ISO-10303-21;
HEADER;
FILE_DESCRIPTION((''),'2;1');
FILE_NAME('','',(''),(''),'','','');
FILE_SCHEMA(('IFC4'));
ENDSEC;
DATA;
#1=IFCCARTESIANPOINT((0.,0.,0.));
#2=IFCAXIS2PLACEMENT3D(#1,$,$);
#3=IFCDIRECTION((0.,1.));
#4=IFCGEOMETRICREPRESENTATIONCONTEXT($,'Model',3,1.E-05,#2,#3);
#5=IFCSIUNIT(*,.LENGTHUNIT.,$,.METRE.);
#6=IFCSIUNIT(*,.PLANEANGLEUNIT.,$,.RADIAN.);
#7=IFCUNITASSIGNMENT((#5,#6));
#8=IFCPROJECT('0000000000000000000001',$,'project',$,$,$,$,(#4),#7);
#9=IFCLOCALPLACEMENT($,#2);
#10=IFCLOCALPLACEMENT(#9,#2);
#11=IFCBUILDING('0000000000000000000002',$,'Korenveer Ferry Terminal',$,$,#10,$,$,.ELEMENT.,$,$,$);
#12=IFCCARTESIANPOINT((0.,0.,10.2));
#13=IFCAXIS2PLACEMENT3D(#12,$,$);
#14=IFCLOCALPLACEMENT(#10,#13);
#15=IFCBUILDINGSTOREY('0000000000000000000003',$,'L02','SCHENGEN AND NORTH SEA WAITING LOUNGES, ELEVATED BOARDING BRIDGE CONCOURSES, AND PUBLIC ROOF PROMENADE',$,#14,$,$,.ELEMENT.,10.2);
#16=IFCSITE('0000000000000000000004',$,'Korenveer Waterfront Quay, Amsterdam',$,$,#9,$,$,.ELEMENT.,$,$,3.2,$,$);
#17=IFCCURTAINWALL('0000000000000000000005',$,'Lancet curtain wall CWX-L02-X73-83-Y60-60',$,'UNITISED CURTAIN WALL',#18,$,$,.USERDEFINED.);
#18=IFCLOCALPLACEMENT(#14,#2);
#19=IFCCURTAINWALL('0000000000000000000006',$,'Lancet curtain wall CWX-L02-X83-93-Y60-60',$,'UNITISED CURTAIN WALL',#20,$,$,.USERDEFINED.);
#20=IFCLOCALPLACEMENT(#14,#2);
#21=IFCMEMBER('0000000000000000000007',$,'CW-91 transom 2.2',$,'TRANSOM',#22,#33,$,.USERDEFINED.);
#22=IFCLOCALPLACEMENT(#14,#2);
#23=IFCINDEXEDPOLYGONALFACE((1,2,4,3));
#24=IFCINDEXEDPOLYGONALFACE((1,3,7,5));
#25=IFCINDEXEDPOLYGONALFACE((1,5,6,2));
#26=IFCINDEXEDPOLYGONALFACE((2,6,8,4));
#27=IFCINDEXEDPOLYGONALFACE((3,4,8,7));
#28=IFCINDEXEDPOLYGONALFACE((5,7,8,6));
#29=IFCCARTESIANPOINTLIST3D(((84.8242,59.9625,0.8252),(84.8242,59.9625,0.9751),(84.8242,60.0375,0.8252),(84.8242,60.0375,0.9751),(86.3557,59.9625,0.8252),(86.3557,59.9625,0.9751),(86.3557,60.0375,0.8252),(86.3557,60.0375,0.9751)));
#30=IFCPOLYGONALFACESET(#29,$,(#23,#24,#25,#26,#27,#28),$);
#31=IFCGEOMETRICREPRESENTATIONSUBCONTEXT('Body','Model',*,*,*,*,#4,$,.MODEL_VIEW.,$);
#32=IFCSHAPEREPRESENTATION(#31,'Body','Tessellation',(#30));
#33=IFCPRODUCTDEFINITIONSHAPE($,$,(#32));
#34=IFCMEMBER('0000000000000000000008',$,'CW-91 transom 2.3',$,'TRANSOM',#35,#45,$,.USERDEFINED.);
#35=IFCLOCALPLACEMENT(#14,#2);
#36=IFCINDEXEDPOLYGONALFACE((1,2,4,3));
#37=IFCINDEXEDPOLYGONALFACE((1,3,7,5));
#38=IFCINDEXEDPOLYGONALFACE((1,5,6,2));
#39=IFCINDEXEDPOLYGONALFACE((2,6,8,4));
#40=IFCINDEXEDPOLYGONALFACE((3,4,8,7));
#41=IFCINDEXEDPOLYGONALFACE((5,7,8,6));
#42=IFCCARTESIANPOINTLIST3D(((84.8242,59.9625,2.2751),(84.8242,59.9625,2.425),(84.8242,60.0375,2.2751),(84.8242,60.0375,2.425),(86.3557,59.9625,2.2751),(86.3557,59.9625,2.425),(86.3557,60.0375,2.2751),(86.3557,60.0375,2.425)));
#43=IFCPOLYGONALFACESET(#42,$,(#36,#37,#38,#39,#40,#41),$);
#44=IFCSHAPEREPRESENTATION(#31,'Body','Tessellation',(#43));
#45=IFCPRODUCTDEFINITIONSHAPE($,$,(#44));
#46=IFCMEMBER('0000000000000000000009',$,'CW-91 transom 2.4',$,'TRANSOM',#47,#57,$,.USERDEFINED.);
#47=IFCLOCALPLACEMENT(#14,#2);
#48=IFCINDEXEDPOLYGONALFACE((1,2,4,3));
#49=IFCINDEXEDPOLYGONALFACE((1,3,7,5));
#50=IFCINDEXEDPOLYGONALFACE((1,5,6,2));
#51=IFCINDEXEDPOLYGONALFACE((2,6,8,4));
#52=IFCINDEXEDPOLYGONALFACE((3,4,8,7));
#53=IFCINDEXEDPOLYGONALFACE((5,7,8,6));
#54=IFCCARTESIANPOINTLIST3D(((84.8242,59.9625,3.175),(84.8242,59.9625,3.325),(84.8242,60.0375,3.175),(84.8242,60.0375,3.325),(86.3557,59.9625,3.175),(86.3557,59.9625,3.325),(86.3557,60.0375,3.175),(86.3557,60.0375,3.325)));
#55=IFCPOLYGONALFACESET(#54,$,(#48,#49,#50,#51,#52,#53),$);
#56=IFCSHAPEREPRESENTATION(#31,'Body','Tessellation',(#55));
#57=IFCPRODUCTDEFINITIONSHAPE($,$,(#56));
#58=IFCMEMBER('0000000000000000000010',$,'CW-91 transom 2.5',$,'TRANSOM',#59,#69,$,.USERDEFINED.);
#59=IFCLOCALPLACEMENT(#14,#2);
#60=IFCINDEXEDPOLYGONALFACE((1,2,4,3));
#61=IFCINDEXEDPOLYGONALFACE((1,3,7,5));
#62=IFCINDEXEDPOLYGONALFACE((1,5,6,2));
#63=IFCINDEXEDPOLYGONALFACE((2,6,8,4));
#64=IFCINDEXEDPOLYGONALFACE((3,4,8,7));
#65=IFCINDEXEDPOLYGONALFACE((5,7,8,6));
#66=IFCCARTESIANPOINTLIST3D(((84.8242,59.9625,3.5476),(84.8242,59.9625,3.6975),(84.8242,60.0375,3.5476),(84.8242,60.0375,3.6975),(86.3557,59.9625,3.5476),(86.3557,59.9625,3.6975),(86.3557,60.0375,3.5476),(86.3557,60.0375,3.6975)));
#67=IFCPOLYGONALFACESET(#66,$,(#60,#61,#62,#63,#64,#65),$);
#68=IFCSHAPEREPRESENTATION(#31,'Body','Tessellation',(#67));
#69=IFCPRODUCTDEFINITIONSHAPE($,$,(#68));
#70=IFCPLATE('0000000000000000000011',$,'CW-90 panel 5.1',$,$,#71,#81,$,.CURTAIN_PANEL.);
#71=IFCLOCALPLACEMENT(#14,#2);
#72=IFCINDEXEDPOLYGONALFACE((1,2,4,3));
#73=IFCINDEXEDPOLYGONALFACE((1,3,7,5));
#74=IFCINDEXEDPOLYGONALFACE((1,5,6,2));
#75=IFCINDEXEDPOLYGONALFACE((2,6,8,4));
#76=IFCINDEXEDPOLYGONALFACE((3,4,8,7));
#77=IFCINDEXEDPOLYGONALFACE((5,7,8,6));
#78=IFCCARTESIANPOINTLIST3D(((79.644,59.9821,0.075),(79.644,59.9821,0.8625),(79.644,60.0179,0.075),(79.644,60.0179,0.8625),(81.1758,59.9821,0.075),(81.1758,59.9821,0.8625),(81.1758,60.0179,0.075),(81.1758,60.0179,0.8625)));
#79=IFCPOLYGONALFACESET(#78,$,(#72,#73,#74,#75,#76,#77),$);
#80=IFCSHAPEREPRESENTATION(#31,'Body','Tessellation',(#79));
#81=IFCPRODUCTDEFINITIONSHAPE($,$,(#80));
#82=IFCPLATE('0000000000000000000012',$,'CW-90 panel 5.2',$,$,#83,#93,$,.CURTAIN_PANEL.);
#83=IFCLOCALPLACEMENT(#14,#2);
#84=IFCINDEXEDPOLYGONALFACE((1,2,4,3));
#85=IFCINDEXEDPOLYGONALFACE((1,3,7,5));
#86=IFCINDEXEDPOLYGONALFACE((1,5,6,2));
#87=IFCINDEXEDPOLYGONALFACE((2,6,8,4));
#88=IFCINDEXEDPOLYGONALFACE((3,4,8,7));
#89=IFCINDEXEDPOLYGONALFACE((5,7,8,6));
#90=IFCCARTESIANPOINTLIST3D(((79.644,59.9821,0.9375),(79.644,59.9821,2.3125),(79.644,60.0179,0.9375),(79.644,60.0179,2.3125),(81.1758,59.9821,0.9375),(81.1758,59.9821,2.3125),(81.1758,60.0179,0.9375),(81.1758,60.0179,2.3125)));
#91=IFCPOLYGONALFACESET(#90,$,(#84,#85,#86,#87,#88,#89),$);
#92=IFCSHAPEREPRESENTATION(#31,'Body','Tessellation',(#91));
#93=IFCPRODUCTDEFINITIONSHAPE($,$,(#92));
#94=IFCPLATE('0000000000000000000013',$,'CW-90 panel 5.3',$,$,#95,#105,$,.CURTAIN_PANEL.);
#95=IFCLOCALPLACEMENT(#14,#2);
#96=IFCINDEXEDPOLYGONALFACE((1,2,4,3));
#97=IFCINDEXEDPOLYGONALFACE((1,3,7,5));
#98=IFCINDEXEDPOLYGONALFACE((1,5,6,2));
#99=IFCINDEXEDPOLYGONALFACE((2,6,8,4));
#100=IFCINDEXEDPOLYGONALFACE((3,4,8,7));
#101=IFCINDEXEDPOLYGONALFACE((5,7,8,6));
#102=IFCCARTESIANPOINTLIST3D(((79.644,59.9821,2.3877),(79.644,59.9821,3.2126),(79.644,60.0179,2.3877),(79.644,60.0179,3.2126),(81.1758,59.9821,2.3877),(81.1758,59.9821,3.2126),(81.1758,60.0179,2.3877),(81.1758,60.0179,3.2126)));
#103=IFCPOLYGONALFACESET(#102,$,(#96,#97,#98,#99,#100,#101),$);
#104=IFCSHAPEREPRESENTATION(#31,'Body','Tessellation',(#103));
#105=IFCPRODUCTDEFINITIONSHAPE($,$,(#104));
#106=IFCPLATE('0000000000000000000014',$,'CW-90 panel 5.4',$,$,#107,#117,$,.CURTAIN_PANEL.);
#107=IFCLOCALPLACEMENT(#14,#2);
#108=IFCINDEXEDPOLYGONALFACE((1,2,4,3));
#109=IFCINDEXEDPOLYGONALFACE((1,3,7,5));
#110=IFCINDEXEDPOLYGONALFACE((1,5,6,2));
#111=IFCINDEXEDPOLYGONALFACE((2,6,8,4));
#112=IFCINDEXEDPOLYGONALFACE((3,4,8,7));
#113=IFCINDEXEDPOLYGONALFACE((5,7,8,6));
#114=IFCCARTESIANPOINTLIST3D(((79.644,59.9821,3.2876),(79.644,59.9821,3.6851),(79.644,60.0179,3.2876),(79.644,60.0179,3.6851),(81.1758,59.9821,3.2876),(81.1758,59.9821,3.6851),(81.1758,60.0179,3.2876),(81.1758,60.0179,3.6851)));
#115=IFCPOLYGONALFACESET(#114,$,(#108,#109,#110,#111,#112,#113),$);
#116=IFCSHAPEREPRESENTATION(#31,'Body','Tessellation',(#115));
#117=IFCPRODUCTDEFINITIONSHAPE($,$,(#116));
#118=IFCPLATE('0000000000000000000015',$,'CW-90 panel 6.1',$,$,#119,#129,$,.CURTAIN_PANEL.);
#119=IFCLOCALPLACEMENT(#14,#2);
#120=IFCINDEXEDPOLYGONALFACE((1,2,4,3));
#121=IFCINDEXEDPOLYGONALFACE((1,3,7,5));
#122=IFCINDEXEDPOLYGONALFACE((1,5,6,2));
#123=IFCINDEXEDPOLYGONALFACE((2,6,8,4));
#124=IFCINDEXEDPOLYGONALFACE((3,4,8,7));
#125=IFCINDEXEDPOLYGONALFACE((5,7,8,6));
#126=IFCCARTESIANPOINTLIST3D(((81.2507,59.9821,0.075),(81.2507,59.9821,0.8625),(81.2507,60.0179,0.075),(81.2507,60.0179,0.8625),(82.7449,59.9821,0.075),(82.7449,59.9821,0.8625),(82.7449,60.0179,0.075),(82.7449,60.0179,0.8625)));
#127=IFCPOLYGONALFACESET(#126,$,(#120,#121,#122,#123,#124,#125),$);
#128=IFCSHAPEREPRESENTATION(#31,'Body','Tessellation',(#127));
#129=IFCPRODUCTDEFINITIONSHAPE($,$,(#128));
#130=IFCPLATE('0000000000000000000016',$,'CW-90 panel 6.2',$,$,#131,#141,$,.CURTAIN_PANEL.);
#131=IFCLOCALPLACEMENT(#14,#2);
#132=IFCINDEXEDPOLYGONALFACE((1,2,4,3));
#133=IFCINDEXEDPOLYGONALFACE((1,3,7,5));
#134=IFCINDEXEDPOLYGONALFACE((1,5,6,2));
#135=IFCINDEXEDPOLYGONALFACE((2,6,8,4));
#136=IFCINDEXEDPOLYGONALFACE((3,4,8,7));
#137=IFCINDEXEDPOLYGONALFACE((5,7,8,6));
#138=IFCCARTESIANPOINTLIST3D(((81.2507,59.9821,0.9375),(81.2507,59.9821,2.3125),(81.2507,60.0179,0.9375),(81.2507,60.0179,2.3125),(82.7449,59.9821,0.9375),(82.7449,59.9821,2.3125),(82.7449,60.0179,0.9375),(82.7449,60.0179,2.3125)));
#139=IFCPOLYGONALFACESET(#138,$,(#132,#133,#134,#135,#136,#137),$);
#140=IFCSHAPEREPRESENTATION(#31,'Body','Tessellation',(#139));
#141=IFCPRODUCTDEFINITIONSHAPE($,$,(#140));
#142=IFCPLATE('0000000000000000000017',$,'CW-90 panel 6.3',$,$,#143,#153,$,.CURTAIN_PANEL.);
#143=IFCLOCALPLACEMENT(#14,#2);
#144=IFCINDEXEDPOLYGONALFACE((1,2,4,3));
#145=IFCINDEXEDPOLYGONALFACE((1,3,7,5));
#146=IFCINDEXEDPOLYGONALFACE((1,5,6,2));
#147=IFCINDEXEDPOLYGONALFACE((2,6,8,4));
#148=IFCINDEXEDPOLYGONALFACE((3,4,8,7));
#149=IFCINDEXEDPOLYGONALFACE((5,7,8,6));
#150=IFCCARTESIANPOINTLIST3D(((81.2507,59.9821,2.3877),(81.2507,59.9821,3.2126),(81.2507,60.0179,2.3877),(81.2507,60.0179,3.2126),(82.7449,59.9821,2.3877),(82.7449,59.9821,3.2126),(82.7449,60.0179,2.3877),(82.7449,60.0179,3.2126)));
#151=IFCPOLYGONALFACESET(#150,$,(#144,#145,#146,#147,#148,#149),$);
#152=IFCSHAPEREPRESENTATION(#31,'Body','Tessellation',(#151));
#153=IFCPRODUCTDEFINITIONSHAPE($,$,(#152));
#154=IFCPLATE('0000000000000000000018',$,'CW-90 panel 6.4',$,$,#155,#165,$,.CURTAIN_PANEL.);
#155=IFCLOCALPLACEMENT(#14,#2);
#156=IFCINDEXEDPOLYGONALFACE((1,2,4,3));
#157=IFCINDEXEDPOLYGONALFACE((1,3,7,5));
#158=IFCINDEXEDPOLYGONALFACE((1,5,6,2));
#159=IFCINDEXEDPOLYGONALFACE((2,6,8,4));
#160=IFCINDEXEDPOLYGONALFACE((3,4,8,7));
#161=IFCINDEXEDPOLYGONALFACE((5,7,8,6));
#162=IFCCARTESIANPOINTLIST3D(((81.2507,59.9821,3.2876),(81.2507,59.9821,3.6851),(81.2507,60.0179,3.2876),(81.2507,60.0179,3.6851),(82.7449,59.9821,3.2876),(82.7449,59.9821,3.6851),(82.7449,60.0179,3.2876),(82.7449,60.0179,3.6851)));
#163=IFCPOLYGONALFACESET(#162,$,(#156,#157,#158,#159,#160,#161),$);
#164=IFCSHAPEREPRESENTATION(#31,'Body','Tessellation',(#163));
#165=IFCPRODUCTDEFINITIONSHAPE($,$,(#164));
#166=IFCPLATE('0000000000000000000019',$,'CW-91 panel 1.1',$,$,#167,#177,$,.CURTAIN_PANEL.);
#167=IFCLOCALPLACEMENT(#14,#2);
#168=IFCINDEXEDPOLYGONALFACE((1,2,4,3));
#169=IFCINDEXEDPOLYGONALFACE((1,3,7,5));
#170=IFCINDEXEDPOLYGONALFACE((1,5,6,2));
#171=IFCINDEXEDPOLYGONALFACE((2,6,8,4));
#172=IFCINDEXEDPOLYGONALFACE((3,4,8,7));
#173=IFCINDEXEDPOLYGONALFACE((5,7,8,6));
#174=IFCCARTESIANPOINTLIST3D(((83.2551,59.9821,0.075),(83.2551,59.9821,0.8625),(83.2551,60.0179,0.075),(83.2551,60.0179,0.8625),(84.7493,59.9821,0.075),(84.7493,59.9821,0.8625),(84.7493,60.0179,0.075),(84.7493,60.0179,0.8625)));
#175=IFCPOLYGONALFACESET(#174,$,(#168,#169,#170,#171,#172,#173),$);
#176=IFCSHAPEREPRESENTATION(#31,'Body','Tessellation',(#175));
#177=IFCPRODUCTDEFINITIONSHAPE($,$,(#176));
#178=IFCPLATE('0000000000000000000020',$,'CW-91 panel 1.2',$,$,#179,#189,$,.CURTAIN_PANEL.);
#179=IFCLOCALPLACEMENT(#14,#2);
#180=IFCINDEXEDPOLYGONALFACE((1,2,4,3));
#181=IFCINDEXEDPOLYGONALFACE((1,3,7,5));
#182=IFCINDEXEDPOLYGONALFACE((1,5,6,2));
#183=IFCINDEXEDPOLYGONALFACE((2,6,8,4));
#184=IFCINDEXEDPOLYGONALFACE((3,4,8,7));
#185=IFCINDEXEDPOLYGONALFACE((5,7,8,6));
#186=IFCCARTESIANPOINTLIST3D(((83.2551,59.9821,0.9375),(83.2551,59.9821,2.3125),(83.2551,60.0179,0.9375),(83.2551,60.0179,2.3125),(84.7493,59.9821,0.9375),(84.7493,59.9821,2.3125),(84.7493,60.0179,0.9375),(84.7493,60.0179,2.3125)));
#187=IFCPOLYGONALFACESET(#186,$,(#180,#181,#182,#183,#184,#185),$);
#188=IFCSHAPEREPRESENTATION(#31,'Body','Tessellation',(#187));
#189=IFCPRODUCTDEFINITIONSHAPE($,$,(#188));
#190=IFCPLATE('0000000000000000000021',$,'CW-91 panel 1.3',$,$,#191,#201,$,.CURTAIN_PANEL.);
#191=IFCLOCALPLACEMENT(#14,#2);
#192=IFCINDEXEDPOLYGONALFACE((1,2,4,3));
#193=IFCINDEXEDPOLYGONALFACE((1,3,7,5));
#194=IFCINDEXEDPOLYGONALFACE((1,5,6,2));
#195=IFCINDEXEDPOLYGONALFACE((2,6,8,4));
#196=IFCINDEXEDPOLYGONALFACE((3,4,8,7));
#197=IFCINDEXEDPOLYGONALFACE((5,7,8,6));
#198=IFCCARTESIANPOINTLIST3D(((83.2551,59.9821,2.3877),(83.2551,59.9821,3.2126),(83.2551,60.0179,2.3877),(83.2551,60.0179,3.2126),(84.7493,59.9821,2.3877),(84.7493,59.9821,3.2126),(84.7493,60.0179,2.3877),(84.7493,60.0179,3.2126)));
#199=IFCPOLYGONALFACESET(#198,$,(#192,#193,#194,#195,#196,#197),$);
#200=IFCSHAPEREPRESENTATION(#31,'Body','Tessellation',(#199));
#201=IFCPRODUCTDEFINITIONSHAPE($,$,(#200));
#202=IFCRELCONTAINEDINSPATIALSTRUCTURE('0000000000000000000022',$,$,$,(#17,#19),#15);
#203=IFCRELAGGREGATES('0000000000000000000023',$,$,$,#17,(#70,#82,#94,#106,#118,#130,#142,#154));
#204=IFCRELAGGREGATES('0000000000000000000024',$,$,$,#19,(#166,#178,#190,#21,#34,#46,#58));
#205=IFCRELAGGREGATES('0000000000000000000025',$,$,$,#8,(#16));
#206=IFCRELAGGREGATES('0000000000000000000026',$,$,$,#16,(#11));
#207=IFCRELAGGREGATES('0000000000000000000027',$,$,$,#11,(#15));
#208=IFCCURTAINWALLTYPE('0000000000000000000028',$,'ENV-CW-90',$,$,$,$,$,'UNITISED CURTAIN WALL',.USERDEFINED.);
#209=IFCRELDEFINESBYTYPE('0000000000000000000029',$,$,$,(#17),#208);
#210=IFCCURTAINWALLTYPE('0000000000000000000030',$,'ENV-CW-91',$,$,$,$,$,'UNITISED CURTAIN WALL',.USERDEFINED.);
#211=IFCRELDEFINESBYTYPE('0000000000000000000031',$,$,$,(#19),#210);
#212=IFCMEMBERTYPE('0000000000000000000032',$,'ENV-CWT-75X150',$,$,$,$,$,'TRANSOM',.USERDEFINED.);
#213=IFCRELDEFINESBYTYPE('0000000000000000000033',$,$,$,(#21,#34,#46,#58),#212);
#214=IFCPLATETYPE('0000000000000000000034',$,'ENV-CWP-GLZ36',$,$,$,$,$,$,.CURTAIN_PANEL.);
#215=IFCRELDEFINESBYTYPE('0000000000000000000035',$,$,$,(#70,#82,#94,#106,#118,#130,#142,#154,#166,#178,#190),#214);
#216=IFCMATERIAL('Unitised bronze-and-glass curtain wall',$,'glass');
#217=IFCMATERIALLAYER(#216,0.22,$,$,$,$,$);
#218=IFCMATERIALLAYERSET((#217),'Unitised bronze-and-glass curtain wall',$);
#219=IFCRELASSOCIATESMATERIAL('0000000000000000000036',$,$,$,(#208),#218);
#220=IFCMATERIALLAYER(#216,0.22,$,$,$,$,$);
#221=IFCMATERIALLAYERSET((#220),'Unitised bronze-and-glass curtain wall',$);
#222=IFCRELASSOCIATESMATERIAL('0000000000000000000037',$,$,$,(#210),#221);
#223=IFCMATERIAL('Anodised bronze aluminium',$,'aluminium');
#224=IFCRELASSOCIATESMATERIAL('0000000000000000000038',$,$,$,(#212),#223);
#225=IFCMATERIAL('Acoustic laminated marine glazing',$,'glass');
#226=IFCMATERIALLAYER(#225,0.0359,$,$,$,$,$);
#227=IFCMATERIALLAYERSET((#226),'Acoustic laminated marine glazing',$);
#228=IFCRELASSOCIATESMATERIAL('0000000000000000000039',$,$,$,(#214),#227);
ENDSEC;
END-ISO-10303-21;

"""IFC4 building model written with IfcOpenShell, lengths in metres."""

from ifc_helpers import new_model, si_unit, direction, frame, origin, origin_2d, place, context, subcontext, project, spatial, rectangle, extrude, material, layer, layer_set, material_profile, profile_set, type_object, element, aggregate, save


model = new_model("IFC4")

# Units and contexts
model_context = context("Model", 3, precision=1e-05, world=origin(), true_north=direction((0.0, 1.0)))
body_context = subcontext(model_context, "Body", "Model", "MODEL_VIEW")
ifc_project = project(units=[si_unit("LENGTHUNIT", "METRE"), si_unit("PLANEANGLEUNIT", "RADIAN")], contexts=[model_context])

# Site, building, storey
site_placement = place(None, origin())
site = spatial("IfcSite", under=ifc_project, at=site_placement, Name="Korenveer Waterfront Quay, Amsterdam", CompositionType="ELEMENT", RefElevation=3.2)
building_placement = place(site_placement, origin())
building = spatial("IfcBuilding", under=site, at=building_placement, Name="Korenveer Ferry Terminal", CompositionType="ELEMENT")
storey_placement = place(building_placement, frame((0.0, 0.0, 10.2)))
storey = spatial("IfcBuildingStorey", under=building, at=storey_placement, Name="L02", Description="SCHENGEN AND NORTH SEA WAITING LOUNGES, ELEVATED BOARDING BRIDGE CONCOURSES, AND PUBLIC ROOF PROMENADE", CompositionType="ELEMENT", Elevation=10.2)

# Curtain walls
ifc_material_1 = material(Name="Unitised bronze-and-glass curtain wall", Category="glass")
ifc_layer_1 = layer(ifc_material_1, 0.22)
ifc_layer_set_1 = layer_set([ifc_layer_1], Name="Unitised bronze-and-glass curtain wall")
curtain_wall_type_1 = type_object("IfcCurtainWallType", Name="ENV-CW-90", ElementType="UNITISED CURTAIN WALL", PredefinedType="USERDEFINED", material=ifc_layer_set_1)
curtain_wall_1_placement = place(storey_placement, frame((73.1799, 60.0, 0.0)))
curtain_wall_1 = element("IfcCurtainWall", 1, at=curtain_wall_1_placement, inside=storey, type_object=curtain_wall_type_1, Name="Lancet curtain wall CWX-L02-X73-83-Y60-60", ObjectType="UNITISED CURTAIN WALL", PredefinedType="USERDEFINED")
ifc_material_2 = material(Name="Anodised bronze aluminium", Category="aluminium")
ifc_layer_2 = layer(ifc_material_1, 0.22)
ifc_layer_set_2 = layer_set([ifc_layer_2], Name="Unitised bronze-and-glass curtain wall")
curtain_wall_type_2 = type_object("IfcCurtainWallType", Name="ENV-CW-91", ElementType="UNITISED CURTAIN WALL", PredefinedType="USERDEFINED", material=ifc_layer_set_2)
curtain_wall_2_placement = place(storey_placement, frame((83.1799, 60.0, 0.0)))
curtain_wall_2 = element("IfcCurtainWall", 2, at=curtain_wall_2_placement, inside=storey, type_object=curtain_wall_type_2, Name="Lancet curtain wall CWX-L02-X83-93-Y60-60", ObjectType="UNITISED CURTAIN WALL", PredefinedType="USERDEFINED")

# Members
ifc_material_profile_1 = material_profile(ifc_material_2, rectangle(XDim=0.075, YDim=0.1499, at=origin_2d()), Name="ALU 75x150")
ifc_profile_set_1 = profile_set([ifc_material_profile_1], Name="Anodised bronze aluminium")
member_type_1 = type_object("IfcMemberType", Name="ENV-CWT-75X150", ElementType="TRANSOM", PredefinedType="USERDEFINED", material=ifc_profile_set_1)
member_1_placement = place(storey_placement, frame((84.8242, 60.0, 0.9001), z_axis=(1.0, 0.0, 0.0), x_axis=(0.0, 1.0, 0.0)))
member_1 = element("IfcMember", 3, at=member_1_placement, type_object=member_type_1, Name="CW-91 transom 2.2", ObjectType="TRANSOM", PredefinedType="USERDEFINED", context=body_context, shape_type="SweptSolid", body=[
    extrude(rectangle(XDim=0.075, YDim=0.1499, at=origin_2d()), origin(), (0.0, 0.0, 1.0), 1.5315),
])
member_2_placement = place(storey_placement, frame((84.8242, 60.0, 2.3501), z_axis=(1.0, 0.0, 0.0), x_axis=(0.0, 1.0, 0.0)))
member_2 = element("IfcMember", 4, at=member_2_placement, type_object=member_type_1, Name="CW-91 transom 2.3", ObjectType="TRANSOM", PredefinedType="USERDEFINED", context=body_context, shape_type="SweptSolid", body=[
    extrude(rectangle(XDim=0.075, YDim=0.1499, at=origin_2d()), origin(), (0.0, 0.0, 1.0), 1.5315),
])
member_3_placement = place(storey_placement, frame((84.8242, 60.0, 3.25), z_axis=(1.0, 0.0, 0.0), x_axis=(0.0, 1.0, 0.0)))
member_3 = element("IfcMember", 5, at=member_3_placement, type_object=member_type_1, Name="CW-91 transom 2.4", ObjectType="TRANSOM", PredefinedType="USERDEFINED", context=body_context, shape_type="SweptSolid", body=[
    extrude(rectangle(XDim=0.075, YDim=0.1499, at=origin_2d()), origin(), (0.0, 0.0, 1.0), 1.5315),
])
member_4_placement = place(storey_placement, frame((84.8242, 60.0, 3.6226), z_axis=(1.0, 0.0, 0.0), x_axis=(0.0, 1.0, 0.0)))
member_4 = element("IfcMember", 6, at=member_4_placement, type_object=member_type_1, Name="CW-91 transom 2.5", ObjectType="TRANSOM", PredefinedType="USERDEFINED", context=body_context, shape_type="SweptSolid", body=[
    extrude(rectangle(XDim=0.075, YDim=0.1499, at=origin_2d()), origin(), (0.0, 0.0, 1.0), 1.5315),
])

# Plates
ifc_material_3 = material(Name="Acoustic laminated marine glazing", Category="glass")
ifc_layer_3 = layer(ifc_material_3, 0.0359)
ifc_layer_set_3 = layer_set([ifc_layer_3], Name="Acoustic laminated marine glazing")
plate_type = type_object("IfcPlateType", Name="ENV-CWP-GLZ36", PredefinedType="CURTAIN_PANEL", material=ifc_layer_set_3)
plate_1_placement = place(storey_placement, frame((80.4099, 60.0, 0.075), z_axis=(0.0, 0.0, 1.0), x_axis=(1.0, 0.0, 0.0)))
plate_1 = element("IfcPlate", 7, at=plate_1_placement, type_object=plate_type, Name="CW-90 panel 5.1", PredefinedType="CURTAIN_PANEL", context=body_context, shape_type="SweptSolid", body=[
    extrude(rectangle(XDim=1.5317, YDim=0.0359, at=origin_2d()), origin(), (0.0, 0.0, 1.0), 0.7876),
])
plate_2_placement = place(storey_placement, frame((80.4099, 60.0, 0.9375), z_axis=(0.0, 0.0, 1.0), x_axis=(1.0, 0.0, 0.0)))
plate_2 = element("IfcPlate", 8, at=plate_2_placement, type_object=plate_type, Name="CW-90 panel 5.2", PredefinedType="CURTAIN_PANEL", context=body_context, shape_type="SweptSolid", body=[
    extrude(rectangle(XDim=1.5317, YDim=0.0359, at=origin_2d()), origin(), (0.0, 0.0, 1.0), 1.375),
])
plate_3_placement = place(storey_placement, frame((80.4099, 60.0, 2.3877), z_axis=(0.0, 0.0, 1.0), x_axis=(1.0, 0.0, 0.0)))
plate_3 = element("IfcPlate", 9, at=plate_3_placement, type_object=plate_type, Name="CW-90 panel 5.3", PredefinedType="CURTAIN_PANEL", context=body_context, shape_type="SweptSolid", body=[
    extrude(rectangle(XDim=1.5317, YDim=0.0359, at=origin_2d()), origin(), (0.0, 0.0, 1.0), 0.825),
])
plate_4_placement = place(storey_placement, frame((80.4099, 60.0, 3.2876), z_axis=(0.0, 0.0, 1.0), x_axis=(1.0, 0.0, 0.0)))
plate_4 = element("IfcPlate", 10, at=plate_4_placement, type_object=plate_type, Name="CW-90 panel 5.4", PredefinedType="CURTAIN_PANEL", context=body_context, shape_type="SweptSolid", body=[
    extrude(rectangle(XDim=1.5317, YDim=0.0359, at=origin_2d()), origin(), (0.0, 0.0, 1.0), 0.3975),
])
plate_5_placement = place(storey_placement, frame((81.9978, 60.0, 0.075), z_axis=(0.0, 0.0, 1.0), x_axis=(1.0, 0.0, 0.0)))
plate_5 = element("IfcPlate", 11, at=plate_5_placement, type_object=plate_type, Name="CW-90 panel 6.1", PredefinedType="CURTAIN_PANEL", context=body_context, shape_type="SweptSolid", body=[
    extrude(rectangle(XDim=1.4941, YDim=0.0359, at=origin_2d()), origin(), (0.0, 0.0, 1.0), 0.7876),
])
plate_6_placement = place(storey_placement, frame((81.9978, 60.0, 0.9375), z_axis=(0.0, 0.0, 1.0), x_axis=(1.0, 0.0, 0.0)))
plate_6 = element("IfcPlate", 12, at=plate_6_placement, type_object=plate_type, Name="CW-90 panel 6.2", PredefinedType="CURTAIN_PANEL", context=body_context, shape_type="SweptSolid", body=[
    extrude(rectangle(XDim=1.4941, YDim=0.0359, at=origin_2d()), origin(), (0.0, 0.0, 1.0), 1.375),
])
plate_7_placement = place(storey_placement, frame((81.9978, 60.0, 2.3877), z_axis=(0.0, 0.0, 1.0), x_axis=(1.0, 0.0, 0.0)))
plate_7 = element("IfcPlate", 13, at=plate_7_placement, type_object=plate_type, Name="CW-90 panel 6.3", PredefinedType="CURTAIN_PANEL", context=body_context, shape_type="SweptSolid", body=[
    extrude(rectangle(XDim=1.4941, YDim=0.0359, at=origin_2d()), origin(), (0.0, 0.0, 1.0), 0.825),
])
plate_8_placement = place(storey_placement, frame((81.9978, 60.0, 3.2876), z_axis=(0.0, 0.0, 1.0), x_axis=(1.0, 0.0, 0.0)))
plate_8 = element("IfcPlate", 14, at=plate_8_placement, type_object=plate_type, Name="CW-90 panel 6.4", PredefinedType="CURTAIN_PANEL", context=body_context, shape_type="SweptSolid", body=[
    extrude(rectangle(XDim=1.4941, YDim=0.0359, at=origin_2d()), origin(), (0.0, 0.0, 1.0), 0.3975),
])
aggregate(curtain_wall_1, [plate_1, plate_2, plate_3, plate_4, plate_5, plate_6, plate_7, plate_8])
plate_9_placement = place(storey_placement, frame((84.0022, 60.0, 0.075), z_axis=(0.0, 0.0, 1.0), x_axis=(1.0, 0.0, 0.0)))
plate_9 = element("IfcPlate", 15, at=plate_9_placement, type_object=plate_type, Name="CW-91 panel 1.1", PredefinedType="CURTAIN_PANEL", context=body_context, shape_type="SweptSolid", body=[
    extrude(rectangle(XDim=1.4941, YDim=0.0359, at=origin_2d()), origin(), (0.0, 0.0, 1.0), 0.7876),
])
plate_10_placement = place(storey_placement, frame((84.0022, 60.0, 0.9375), z_axis=(0.0, 0.0, 1.0), x_axis=(1.0, 0.0, 0.0)))
plate_10 = element("IfcPlate", 16, at=plate_10_placement, type_object=plate_type, Name="CW-91 panel 1.2", PredefinedType="CURTAIN_PANEL", context=body_context, shape_type="SweptSolid", body=[
    extrude(rectangle(XDim=1.4941, YDim=0.0359, at=origin_2d()), origin(), (0.0, 0.0, 1.0), 1.375),
])
plate_11_placement = place(storey_placement, frame((84.0022, 60.0, 2.3877), z_axis=(0.0, 0.0, 1.0), x_axis=(1.0, 0.0, 0.0)))
plate_11 = element("IfcPlate", 17, at=plate_11_placement, type_object=plate_type, Name="CW-91 panel 1.3", PredefinedType="CURTAIN_PANEL", context=body_context, shape_type="SweptSolid", body=[
    extrude(rectangle(XDim=1.4941, YDim=0.0359, at=origin_2d()), origin(), (0.0, 0.0, 1.0), 0.825),
])
aggregate(curtain_wall_2, [plate_9, plate_10, plate_11, member_1, member_2, member_3, member_4])

save(model, "model.ifc")
